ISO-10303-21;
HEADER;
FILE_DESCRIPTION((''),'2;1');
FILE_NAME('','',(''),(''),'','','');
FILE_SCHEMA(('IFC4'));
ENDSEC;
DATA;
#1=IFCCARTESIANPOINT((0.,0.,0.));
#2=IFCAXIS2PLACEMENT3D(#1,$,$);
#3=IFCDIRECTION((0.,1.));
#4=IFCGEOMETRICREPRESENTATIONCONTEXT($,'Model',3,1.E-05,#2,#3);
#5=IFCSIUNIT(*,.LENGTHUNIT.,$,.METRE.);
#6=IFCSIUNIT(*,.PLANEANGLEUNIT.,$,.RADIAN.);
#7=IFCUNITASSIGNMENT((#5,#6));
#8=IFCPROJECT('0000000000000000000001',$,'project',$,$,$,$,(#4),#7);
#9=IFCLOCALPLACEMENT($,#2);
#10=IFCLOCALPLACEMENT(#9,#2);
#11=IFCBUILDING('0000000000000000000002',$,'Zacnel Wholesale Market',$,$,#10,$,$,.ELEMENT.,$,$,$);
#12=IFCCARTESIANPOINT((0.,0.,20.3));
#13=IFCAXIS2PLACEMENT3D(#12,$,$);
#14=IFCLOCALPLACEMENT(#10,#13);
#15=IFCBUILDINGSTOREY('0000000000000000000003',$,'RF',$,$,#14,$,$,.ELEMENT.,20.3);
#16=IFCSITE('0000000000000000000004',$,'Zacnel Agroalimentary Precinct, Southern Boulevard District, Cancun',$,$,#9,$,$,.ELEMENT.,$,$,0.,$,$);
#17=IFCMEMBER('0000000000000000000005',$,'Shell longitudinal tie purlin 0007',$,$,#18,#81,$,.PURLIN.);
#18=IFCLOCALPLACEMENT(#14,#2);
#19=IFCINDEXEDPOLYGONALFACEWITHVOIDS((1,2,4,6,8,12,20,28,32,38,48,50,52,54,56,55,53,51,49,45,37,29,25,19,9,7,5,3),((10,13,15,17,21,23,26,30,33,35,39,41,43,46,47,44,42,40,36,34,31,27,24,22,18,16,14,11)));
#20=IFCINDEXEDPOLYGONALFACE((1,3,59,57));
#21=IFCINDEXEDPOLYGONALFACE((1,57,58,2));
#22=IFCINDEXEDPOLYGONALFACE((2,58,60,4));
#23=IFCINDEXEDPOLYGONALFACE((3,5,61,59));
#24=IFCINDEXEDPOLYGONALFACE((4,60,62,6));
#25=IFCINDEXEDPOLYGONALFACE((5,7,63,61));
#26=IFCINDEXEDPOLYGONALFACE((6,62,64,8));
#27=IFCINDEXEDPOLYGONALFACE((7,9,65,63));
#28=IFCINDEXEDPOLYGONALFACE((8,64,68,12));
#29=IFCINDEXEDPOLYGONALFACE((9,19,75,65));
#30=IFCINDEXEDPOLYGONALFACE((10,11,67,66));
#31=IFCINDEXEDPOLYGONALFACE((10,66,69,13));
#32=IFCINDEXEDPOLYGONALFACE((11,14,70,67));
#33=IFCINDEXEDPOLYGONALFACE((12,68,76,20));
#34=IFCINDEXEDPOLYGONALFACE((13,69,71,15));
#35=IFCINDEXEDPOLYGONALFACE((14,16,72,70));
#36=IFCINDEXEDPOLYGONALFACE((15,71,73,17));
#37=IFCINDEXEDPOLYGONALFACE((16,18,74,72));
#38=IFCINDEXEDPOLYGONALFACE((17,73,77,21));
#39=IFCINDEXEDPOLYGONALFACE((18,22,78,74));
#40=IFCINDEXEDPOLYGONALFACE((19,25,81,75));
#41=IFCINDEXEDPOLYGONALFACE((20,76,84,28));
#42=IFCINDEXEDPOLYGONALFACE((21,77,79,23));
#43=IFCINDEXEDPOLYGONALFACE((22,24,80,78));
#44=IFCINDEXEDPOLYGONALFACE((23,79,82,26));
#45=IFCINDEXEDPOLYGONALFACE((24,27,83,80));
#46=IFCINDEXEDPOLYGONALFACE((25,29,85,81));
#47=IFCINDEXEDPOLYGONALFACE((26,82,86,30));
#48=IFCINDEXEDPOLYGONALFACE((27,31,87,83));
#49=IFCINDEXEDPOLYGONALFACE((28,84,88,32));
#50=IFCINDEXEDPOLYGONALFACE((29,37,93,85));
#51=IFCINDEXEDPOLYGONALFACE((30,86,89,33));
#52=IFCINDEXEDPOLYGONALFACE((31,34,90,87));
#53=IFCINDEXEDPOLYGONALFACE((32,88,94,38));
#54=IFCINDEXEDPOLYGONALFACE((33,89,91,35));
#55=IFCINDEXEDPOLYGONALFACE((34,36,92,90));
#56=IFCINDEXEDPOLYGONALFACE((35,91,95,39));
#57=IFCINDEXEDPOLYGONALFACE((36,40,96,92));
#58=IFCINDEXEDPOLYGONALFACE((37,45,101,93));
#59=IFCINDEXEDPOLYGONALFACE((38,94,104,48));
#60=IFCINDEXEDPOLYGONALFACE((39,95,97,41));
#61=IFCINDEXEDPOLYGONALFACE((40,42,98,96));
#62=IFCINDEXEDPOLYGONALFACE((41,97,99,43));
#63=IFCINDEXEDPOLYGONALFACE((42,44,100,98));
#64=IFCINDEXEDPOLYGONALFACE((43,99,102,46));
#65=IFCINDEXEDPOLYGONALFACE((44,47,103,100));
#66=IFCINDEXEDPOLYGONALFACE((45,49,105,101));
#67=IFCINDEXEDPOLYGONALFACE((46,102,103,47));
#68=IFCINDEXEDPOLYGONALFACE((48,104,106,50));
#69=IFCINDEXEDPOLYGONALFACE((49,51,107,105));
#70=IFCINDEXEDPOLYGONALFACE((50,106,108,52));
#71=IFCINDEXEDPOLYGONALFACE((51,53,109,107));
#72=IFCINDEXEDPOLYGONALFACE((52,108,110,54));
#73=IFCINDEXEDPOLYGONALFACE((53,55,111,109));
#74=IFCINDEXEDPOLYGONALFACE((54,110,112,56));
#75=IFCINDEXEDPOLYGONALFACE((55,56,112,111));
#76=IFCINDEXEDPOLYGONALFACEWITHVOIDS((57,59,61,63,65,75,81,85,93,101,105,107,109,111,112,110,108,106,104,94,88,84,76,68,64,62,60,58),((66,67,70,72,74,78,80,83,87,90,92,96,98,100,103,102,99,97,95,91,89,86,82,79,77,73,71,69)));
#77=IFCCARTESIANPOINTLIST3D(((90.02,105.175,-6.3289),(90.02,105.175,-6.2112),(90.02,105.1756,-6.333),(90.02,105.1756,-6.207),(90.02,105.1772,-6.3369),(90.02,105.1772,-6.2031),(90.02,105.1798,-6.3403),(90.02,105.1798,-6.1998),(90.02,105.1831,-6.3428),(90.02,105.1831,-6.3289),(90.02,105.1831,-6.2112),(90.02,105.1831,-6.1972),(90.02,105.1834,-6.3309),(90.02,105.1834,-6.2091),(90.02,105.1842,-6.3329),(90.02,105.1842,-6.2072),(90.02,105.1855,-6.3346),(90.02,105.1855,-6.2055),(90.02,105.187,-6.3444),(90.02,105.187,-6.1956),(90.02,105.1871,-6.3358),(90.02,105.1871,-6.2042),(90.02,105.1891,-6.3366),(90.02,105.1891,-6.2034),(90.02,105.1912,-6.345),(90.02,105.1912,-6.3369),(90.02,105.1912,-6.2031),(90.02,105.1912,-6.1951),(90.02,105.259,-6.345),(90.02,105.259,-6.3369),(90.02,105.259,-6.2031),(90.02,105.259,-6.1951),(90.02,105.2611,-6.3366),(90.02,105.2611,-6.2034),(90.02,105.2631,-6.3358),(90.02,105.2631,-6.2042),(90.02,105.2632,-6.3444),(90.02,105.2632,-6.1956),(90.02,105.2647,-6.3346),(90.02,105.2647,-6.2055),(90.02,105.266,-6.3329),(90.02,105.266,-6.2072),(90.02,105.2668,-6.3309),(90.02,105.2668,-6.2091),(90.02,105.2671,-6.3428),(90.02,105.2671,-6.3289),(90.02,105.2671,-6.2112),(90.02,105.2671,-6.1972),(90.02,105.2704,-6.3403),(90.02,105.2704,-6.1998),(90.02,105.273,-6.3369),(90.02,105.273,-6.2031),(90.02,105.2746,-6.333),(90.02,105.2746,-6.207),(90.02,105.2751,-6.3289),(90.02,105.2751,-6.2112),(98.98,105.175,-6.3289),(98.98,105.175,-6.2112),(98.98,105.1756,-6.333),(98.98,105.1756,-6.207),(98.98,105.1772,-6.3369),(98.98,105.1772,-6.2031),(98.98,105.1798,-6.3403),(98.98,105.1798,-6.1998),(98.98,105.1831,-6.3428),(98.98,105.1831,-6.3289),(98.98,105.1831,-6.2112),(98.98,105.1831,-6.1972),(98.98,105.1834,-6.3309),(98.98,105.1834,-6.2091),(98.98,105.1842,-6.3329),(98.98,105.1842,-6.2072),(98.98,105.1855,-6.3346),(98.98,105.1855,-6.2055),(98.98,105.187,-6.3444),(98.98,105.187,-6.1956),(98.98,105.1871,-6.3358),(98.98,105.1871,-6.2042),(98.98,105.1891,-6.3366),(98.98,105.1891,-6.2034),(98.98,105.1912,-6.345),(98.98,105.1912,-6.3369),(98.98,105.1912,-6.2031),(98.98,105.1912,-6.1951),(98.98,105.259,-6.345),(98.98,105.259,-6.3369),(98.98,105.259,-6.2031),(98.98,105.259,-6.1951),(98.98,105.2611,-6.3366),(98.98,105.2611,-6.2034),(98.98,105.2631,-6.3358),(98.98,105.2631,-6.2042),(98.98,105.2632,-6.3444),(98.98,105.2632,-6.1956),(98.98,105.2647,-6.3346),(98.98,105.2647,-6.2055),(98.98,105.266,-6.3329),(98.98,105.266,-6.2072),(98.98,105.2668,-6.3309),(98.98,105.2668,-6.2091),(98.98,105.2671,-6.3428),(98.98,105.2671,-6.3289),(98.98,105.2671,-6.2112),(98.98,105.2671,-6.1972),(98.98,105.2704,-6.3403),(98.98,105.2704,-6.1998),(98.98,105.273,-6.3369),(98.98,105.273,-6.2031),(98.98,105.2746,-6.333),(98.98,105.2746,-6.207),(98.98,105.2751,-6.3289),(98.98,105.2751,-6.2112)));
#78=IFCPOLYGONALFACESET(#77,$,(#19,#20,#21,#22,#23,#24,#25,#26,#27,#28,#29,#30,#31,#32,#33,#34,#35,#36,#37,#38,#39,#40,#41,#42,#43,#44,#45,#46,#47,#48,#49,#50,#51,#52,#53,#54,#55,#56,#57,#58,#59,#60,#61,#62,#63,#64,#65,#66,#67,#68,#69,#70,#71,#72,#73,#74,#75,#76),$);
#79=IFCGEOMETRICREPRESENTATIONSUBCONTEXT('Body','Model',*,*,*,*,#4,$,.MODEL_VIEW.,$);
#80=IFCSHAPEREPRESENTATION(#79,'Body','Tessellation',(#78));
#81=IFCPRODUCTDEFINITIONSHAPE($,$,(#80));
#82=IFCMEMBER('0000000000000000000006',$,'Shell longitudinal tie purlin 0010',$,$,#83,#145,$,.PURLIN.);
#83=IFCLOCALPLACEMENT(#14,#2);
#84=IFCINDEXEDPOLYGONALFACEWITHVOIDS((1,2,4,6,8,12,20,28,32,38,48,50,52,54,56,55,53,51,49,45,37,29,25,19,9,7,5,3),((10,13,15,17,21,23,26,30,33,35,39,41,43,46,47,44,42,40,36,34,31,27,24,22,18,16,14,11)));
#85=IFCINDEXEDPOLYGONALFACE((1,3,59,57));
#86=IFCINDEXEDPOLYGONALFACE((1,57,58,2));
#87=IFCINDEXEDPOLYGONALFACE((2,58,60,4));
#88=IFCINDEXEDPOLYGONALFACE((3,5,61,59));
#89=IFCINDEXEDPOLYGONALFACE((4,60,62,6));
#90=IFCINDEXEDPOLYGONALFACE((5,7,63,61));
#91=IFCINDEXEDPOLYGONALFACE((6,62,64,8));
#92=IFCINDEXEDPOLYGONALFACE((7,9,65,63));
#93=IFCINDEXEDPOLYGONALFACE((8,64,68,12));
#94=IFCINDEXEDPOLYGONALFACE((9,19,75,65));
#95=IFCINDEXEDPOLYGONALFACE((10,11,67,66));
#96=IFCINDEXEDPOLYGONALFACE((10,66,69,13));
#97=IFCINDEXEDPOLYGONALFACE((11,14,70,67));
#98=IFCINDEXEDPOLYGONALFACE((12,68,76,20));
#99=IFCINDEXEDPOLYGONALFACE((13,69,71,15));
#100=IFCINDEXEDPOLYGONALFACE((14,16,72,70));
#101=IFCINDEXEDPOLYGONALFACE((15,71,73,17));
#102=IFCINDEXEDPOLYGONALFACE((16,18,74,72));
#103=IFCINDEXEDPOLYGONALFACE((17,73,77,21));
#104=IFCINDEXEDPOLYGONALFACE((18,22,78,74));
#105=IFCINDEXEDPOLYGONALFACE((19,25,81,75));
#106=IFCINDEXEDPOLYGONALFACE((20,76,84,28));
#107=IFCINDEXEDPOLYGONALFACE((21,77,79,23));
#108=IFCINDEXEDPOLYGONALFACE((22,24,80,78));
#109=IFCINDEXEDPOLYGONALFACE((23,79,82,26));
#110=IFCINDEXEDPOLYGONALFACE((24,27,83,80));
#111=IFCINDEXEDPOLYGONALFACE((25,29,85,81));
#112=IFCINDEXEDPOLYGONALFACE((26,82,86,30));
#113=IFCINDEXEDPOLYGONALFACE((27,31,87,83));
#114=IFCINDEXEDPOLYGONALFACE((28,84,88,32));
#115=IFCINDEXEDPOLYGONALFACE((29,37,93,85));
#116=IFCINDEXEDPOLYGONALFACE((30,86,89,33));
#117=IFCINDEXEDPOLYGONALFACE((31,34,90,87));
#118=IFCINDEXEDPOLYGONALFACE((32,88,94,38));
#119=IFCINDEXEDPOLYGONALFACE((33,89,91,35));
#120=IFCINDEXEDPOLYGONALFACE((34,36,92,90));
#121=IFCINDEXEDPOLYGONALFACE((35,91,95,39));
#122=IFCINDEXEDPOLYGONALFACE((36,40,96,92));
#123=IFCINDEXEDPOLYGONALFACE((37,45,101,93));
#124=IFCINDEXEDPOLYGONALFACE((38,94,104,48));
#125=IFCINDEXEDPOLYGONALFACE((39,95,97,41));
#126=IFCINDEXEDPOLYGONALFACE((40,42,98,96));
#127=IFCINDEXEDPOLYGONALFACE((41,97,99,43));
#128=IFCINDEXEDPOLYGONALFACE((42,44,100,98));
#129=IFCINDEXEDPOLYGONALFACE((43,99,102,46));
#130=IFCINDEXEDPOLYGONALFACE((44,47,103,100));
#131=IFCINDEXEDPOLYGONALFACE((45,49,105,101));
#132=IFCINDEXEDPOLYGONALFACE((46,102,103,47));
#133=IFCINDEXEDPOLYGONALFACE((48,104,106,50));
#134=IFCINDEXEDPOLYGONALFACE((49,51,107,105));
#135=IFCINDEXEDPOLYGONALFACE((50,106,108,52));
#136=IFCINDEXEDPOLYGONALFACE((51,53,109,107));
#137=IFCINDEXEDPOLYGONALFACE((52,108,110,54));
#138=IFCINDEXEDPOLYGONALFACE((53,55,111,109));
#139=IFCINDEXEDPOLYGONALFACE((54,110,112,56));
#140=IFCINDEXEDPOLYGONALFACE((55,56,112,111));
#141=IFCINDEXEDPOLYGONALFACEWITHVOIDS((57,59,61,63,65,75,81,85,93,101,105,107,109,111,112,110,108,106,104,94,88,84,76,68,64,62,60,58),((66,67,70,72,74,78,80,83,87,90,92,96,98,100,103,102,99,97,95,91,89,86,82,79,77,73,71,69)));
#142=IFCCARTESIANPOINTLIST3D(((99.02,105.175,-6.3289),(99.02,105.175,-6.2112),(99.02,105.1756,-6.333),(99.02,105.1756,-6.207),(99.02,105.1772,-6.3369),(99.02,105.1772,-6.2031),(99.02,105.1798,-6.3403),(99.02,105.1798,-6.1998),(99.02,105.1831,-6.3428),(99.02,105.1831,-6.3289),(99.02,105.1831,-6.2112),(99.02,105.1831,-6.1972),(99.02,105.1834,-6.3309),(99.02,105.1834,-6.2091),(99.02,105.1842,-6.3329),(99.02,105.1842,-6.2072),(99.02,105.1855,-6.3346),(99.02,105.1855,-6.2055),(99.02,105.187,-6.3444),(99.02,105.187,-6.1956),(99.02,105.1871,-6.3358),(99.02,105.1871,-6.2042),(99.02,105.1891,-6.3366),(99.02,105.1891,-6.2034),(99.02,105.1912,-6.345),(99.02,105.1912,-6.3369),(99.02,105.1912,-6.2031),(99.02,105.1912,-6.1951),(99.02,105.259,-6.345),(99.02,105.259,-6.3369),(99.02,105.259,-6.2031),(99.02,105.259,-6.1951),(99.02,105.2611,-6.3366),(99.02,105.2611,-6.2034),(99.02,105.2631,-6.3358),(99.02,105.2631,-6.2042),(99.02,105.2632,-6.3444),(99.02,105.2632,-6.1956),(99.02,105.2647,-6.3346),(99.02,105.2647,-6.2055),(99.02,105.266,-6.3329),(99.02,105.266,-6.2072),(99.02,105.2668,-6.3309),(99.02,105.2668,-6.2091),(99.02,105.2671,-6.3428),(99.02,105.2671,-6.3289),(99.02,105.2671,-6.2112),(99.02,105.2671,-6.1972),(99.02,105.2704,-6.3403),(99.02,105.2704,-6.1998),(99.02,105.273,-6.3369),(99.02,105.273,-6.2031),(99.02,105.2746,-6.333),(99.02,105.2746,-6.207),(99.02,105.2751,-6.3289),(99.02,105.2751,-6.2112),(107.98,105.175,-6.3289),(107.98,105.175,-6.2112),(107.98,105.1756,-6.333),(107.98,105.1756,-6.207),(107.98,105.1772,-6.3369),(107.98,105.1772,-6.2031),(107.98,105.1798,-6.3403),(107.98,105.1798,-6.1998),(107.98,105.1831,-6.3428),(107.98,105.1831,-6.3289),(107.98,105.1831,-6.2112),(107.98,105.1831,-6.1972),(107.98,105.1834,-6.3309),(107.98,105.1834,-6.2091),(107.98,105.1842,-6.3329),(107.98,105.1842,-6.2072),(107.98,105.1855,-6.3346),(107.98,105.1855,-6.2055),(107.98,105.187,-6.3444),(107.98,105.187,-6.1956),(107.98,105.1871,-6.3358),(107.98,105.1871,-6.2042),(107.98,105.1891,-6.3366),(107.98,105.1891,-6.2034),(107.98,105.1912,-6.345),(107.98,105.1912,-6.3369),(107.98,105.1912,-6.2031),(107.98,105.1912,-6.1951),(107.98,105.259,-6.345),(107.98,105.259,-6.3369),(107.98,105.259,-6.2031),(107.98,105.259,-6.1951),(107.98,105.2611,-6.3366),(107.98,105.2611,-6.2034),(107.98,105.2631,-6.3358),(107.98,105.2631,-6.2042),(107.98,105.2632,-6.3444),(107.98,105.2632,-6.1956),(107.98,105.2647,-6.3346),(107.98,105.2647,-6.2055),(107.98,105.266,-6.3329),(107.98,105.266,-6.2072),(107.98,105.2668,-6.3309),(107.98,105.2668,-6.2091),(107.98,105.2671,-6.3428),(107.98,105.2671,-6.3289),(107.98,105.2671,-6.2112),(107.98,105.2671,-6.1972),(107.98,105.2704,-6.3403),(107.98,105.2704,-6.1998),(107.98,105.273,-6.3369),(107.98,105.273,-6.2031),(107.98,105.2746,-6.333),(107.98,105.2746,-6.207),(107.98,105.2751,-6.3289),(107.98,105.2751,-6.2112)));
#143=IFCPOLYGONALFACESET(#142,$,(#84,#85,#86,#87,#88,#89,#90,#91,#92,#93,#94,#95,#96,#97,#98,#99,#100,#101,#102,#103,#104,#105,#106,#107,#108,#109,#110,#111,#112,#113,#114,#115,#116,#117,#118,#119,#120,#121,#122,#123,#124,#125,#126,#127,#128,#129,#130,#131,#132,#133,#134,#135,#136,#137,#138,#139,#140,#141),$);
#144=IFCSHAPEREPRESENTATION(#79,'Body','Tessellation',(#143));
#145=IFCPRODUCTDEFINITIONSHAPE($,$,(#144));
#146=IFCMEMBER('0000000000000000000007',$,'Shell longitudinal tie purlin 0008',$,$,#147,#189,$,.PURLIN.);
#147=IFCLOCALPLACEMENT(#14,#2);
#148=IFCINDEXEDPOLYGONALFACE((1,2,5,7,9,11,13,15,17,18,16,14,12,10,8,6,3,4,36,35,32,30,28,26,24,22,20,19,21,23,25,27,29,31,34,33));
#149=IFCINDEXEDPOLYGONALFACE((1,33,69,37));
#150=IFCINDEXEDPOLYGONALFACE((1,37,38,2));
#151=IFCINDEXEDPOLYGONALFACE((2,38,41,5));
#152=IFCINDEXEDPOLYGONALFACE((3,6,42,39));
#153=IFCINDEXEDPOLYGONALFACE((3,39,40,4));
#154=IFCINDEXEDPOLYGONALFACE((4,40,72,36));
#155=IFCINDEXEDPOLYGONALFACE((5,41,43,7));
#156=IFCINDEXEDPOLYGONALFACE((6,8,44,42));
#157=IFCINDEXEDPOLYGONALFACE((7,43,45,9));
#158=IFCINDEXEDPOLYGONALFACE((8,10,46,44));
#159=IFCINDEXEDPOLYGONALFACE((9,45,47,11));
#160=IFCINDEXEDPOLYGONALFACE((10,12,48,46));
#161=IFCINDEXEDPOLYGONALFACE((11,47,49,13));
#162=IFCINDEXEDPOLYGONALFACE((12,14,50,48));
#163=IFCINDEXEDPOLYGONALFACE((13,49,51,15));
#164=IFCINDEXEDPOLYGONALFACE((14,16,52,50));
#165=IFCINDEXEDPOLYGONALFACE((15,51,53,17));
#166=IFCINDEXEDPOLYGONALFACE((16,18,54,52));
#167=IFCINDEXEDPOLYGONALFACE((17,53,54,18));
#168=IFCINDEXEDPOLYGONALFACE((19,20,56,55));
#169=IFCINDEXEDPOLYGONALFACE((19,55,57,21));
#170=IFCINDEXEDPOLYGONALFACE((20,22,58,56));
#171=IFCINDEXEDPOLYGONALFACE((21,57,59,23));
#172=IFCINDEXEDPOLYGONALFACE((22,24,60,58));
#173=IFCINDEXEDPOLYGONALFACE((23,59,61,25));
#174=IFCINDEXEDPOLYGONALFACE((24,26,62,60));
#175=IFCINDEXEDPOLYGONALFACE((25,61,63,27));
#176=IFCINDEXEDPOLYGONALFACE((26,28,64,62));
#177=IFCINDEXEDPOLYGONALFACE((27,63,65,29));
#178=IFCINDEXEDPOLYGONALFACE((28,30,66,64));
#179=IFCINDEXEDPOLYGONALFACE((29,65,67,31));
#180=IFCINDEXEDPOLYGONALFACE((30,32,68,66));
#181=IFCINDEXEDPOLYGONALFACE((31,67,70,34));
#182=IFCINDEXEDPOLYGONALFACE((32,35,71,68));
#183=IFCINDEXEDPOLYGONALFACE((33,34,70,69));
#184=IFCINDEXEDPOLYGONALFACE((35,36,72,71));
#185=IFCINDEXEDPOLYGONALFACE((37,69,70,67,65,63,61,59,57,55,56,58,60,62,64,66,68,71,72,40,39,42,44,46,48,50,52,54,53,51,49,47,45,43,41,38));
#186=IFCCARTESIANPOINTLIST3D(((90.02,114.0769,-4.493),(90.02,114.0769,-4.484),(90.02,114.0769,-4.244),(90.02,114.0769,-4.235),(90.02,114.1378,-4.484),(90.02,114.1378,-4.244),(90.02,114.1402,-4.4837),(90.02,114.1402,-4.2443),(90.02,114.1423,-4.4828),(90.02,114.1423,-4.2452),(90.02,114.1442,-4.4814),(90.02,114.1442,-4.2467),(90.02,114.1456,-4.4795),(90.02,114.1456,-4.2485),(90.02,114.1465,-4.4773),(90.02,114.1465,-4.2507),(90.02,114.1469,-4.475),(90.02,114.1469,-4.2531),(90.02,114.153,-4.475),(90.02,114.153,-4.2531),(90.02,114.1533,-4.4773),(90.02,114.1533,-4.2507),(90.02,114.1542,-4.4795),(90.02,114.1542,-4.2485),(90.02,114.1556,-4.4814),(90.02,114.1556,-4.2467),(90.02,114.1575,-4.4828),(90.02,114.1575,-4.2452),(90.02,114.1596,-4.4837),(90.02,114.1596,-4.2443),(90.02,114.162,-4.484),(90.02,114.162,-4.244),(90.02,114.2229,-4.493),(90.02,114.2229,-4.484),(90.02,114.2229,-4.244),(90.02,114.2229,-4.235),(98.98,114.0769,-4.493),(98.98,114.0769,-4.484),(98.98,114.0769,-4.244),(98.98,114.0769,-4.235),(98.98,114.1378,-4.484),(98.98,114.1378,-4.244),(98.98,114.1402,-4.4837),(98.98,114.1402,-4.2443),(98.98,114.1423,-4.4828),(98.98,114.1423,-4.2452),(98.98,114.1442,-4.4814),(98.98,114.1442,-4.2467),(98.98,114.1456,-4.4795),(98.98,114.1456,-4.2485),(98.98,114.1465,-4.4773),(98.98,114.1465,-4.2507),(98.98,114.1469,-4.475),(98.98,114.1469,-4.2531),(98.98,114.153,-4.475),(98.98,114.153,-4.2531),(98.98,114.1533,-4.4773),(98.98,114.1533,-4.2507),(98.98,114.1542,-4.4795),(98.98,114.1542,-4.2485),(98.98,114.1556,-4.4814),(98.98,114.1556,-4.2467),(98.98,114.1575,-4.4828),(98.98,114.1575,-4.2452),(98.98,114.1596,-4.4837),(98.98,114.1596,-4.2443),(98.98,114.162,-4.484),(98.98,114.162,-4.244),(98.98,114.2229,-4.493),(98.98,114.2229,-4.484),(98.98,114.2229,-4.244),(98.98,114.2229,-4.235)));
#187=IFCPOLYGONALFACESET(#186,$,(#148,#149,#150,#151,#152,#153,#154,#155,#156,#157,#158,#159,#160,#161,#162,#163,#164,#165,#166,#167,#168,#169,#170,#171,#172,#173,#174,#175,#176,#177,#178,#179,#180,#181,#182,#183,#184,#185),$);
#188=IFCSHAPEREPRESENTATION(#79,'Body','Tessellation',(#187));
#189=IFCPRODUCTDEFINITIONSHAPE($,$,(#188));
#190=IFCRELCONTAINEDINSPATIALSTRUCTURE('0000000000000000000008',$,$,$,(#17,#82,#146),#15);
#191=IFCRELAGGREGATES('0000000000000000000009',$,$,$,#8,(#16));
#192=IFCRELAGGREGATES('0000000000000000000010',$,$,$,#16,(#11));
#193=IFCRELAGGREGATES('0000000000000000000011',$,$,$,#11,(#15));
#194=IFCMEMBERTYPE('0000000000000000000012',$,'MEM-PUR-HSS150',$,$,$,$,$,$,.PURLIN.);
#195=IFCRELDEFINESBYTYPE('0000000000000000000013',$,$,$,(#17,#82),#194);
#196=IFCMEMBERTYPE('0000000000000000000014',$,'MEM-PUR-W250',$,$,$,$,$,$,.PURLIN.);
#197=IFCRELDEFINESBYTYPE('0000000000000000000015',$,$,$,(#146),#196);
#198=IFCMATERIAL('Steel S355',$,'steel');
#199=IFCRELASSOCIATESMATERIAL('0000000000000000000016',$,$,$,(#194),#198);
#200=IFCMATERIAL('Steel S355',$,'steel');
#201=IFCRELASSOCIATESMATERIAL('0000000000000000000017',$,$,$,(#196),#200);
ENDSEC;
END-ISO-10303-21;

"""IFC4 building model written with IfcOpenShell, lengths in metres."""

from ifc_helpers import new_model, si_unit, direction, frame, origin, origin_2d, place, context, subcontext, project, spatial, hollow_rectangle, i_section, extrude, material, material_profile, profile_set, type_object, element, save


model = new_model("IFC4")

# Units and contexts
model_context = context("Model", 3, precision=1e-05, world=origin(), true_north=direction((0.0, 1.0)))
body_context = subcontext(model_context, "Body", "Model", "MODEL_VIEW")
ifc_project = project(units=[si_unit("LENGTHUNIT", "METRE"), si_unit("PLANEANGLEUNIT", "RADIAN")], contexts=[model_context])

# Site, building, storey
site_placement = place(None, origin())
site = spatial("IfcSite", under=ifc_project, at=site_placement, Name="Zacnel Agroalimentary Precinct, Southern Boulevard District, Cancun", CompositionType="ELEMENT", RefElevation=0.0)
building_placement = place(site_placement, origin())
building = spatial("IfcBuilding", under=site, at=building_placement, Name="Zacnel Wholesale Market", CompositionType="ELEMENT")
storey_placement = place(building_placement, frame((0.0, 0.0, 20.3)))
storey = spatial("IfcBuildingStorey", under=building, at=storey_placement, Name="RF", CompositionType="ELEMENT", Elevation=20.3)

# Members
ifc_material_1 = material(Name="Steel S355", Category="steel")
ifc_material_profile_1 = material_profile(ifc_material_1, hollow_rectangle(XDim=0.1001, YDim=0.1499, WallThickness=0.0081, InnerFilletRadius=0.0081, OuterFilletRadius=0.0161, at=origin_2d()), Name="HSS 150x100x8")
ifc_profile_set_1 = profile_set([ifc_material_profile_1], Name="Steel S355")
member_type_1 = type_object("IfcMemberType", Name="MEM-PUR-HSS150", PredefinedType="PURLIN", material=ifc_profile_set_1)
for number, where, z_axis, x_axis, name in (
    (1, (90.02, 105.2251, -6.27), (1.0, 0.0, 0.0), (0.0, 1.0, 0.0), "Shell longitudinal tie purlin 0007"),
    (2, (99.02, 105.2251, -6.27), (1.0, 0.0, 0.0), (0.0, 1.0, 0.0), "Shell longitudinal tie purlin 0010"),
):
    element("IfcMember", number, at=place(storey_placement, frame(where, z_axis=z_axis, x_axis=x_axis)), inside=storey, type_object=member_type_1, Name=name, PredefinedType="PURLIN", context=body_context, shape_type="SweptSolid", body=[
        extrude(hollow_rectangle(XDim=0.1001, YDim=0.1499, WallThickness=0.0081, InnerFilletRadius=0.0081, OuterFilletRadius=0.0161, at=origin_2d()), origin(), (0.0, 0.0, 1.0), 8.96),
    ])
ifc_material_2 = material(Name="Steel S355", Category="steel")
ifc_material_profile_2 = material_profile(ifc_material_2, i_section(OverallWidth=0.146, OverallDepth=0.2581, WebThickness=0.0061, FlangeThickness=0.009, FilletRadius=0.009, at=origin_2d()), Name="W250X32.7")
ifc_profile_set_2 = profile_set([ifc_material_profile_2], Name="Steel S355")
member_type_2 = type_object("IfcMemberType", Name="MEM-PUR-W250", PredefinedType="PURLIN", material=ifc_profile_set_2)
for number, where, z_axis, x_axis, name in (
    (3, (90.02, 114.1499, -4.364), (1.0, 0.0, 0.0), (0.0, 1.0, 0.0), "Shell longitudinal tie purlin 0008"),
):
    element("IfcMember", number, at=place(storey_placement, frame(where, z_axis=z_axis, x_axis=x_axis)), inside=storey, type_object=member_type_2, Name=name, PredefinedType="PURLIN", context=body_context, shape_type="SweptSolid", body=[
        extrude(i_section(OverallWidth=0.146, OverallDepth=0.2581, WebThickness=0.0061, FlangeThickness=0.009, FilletRadius=0.009, at=origin_2d()), origin(), (0.0, 0.0, 1.0), 8.96),
    ])

save(model, "model.ifc")
